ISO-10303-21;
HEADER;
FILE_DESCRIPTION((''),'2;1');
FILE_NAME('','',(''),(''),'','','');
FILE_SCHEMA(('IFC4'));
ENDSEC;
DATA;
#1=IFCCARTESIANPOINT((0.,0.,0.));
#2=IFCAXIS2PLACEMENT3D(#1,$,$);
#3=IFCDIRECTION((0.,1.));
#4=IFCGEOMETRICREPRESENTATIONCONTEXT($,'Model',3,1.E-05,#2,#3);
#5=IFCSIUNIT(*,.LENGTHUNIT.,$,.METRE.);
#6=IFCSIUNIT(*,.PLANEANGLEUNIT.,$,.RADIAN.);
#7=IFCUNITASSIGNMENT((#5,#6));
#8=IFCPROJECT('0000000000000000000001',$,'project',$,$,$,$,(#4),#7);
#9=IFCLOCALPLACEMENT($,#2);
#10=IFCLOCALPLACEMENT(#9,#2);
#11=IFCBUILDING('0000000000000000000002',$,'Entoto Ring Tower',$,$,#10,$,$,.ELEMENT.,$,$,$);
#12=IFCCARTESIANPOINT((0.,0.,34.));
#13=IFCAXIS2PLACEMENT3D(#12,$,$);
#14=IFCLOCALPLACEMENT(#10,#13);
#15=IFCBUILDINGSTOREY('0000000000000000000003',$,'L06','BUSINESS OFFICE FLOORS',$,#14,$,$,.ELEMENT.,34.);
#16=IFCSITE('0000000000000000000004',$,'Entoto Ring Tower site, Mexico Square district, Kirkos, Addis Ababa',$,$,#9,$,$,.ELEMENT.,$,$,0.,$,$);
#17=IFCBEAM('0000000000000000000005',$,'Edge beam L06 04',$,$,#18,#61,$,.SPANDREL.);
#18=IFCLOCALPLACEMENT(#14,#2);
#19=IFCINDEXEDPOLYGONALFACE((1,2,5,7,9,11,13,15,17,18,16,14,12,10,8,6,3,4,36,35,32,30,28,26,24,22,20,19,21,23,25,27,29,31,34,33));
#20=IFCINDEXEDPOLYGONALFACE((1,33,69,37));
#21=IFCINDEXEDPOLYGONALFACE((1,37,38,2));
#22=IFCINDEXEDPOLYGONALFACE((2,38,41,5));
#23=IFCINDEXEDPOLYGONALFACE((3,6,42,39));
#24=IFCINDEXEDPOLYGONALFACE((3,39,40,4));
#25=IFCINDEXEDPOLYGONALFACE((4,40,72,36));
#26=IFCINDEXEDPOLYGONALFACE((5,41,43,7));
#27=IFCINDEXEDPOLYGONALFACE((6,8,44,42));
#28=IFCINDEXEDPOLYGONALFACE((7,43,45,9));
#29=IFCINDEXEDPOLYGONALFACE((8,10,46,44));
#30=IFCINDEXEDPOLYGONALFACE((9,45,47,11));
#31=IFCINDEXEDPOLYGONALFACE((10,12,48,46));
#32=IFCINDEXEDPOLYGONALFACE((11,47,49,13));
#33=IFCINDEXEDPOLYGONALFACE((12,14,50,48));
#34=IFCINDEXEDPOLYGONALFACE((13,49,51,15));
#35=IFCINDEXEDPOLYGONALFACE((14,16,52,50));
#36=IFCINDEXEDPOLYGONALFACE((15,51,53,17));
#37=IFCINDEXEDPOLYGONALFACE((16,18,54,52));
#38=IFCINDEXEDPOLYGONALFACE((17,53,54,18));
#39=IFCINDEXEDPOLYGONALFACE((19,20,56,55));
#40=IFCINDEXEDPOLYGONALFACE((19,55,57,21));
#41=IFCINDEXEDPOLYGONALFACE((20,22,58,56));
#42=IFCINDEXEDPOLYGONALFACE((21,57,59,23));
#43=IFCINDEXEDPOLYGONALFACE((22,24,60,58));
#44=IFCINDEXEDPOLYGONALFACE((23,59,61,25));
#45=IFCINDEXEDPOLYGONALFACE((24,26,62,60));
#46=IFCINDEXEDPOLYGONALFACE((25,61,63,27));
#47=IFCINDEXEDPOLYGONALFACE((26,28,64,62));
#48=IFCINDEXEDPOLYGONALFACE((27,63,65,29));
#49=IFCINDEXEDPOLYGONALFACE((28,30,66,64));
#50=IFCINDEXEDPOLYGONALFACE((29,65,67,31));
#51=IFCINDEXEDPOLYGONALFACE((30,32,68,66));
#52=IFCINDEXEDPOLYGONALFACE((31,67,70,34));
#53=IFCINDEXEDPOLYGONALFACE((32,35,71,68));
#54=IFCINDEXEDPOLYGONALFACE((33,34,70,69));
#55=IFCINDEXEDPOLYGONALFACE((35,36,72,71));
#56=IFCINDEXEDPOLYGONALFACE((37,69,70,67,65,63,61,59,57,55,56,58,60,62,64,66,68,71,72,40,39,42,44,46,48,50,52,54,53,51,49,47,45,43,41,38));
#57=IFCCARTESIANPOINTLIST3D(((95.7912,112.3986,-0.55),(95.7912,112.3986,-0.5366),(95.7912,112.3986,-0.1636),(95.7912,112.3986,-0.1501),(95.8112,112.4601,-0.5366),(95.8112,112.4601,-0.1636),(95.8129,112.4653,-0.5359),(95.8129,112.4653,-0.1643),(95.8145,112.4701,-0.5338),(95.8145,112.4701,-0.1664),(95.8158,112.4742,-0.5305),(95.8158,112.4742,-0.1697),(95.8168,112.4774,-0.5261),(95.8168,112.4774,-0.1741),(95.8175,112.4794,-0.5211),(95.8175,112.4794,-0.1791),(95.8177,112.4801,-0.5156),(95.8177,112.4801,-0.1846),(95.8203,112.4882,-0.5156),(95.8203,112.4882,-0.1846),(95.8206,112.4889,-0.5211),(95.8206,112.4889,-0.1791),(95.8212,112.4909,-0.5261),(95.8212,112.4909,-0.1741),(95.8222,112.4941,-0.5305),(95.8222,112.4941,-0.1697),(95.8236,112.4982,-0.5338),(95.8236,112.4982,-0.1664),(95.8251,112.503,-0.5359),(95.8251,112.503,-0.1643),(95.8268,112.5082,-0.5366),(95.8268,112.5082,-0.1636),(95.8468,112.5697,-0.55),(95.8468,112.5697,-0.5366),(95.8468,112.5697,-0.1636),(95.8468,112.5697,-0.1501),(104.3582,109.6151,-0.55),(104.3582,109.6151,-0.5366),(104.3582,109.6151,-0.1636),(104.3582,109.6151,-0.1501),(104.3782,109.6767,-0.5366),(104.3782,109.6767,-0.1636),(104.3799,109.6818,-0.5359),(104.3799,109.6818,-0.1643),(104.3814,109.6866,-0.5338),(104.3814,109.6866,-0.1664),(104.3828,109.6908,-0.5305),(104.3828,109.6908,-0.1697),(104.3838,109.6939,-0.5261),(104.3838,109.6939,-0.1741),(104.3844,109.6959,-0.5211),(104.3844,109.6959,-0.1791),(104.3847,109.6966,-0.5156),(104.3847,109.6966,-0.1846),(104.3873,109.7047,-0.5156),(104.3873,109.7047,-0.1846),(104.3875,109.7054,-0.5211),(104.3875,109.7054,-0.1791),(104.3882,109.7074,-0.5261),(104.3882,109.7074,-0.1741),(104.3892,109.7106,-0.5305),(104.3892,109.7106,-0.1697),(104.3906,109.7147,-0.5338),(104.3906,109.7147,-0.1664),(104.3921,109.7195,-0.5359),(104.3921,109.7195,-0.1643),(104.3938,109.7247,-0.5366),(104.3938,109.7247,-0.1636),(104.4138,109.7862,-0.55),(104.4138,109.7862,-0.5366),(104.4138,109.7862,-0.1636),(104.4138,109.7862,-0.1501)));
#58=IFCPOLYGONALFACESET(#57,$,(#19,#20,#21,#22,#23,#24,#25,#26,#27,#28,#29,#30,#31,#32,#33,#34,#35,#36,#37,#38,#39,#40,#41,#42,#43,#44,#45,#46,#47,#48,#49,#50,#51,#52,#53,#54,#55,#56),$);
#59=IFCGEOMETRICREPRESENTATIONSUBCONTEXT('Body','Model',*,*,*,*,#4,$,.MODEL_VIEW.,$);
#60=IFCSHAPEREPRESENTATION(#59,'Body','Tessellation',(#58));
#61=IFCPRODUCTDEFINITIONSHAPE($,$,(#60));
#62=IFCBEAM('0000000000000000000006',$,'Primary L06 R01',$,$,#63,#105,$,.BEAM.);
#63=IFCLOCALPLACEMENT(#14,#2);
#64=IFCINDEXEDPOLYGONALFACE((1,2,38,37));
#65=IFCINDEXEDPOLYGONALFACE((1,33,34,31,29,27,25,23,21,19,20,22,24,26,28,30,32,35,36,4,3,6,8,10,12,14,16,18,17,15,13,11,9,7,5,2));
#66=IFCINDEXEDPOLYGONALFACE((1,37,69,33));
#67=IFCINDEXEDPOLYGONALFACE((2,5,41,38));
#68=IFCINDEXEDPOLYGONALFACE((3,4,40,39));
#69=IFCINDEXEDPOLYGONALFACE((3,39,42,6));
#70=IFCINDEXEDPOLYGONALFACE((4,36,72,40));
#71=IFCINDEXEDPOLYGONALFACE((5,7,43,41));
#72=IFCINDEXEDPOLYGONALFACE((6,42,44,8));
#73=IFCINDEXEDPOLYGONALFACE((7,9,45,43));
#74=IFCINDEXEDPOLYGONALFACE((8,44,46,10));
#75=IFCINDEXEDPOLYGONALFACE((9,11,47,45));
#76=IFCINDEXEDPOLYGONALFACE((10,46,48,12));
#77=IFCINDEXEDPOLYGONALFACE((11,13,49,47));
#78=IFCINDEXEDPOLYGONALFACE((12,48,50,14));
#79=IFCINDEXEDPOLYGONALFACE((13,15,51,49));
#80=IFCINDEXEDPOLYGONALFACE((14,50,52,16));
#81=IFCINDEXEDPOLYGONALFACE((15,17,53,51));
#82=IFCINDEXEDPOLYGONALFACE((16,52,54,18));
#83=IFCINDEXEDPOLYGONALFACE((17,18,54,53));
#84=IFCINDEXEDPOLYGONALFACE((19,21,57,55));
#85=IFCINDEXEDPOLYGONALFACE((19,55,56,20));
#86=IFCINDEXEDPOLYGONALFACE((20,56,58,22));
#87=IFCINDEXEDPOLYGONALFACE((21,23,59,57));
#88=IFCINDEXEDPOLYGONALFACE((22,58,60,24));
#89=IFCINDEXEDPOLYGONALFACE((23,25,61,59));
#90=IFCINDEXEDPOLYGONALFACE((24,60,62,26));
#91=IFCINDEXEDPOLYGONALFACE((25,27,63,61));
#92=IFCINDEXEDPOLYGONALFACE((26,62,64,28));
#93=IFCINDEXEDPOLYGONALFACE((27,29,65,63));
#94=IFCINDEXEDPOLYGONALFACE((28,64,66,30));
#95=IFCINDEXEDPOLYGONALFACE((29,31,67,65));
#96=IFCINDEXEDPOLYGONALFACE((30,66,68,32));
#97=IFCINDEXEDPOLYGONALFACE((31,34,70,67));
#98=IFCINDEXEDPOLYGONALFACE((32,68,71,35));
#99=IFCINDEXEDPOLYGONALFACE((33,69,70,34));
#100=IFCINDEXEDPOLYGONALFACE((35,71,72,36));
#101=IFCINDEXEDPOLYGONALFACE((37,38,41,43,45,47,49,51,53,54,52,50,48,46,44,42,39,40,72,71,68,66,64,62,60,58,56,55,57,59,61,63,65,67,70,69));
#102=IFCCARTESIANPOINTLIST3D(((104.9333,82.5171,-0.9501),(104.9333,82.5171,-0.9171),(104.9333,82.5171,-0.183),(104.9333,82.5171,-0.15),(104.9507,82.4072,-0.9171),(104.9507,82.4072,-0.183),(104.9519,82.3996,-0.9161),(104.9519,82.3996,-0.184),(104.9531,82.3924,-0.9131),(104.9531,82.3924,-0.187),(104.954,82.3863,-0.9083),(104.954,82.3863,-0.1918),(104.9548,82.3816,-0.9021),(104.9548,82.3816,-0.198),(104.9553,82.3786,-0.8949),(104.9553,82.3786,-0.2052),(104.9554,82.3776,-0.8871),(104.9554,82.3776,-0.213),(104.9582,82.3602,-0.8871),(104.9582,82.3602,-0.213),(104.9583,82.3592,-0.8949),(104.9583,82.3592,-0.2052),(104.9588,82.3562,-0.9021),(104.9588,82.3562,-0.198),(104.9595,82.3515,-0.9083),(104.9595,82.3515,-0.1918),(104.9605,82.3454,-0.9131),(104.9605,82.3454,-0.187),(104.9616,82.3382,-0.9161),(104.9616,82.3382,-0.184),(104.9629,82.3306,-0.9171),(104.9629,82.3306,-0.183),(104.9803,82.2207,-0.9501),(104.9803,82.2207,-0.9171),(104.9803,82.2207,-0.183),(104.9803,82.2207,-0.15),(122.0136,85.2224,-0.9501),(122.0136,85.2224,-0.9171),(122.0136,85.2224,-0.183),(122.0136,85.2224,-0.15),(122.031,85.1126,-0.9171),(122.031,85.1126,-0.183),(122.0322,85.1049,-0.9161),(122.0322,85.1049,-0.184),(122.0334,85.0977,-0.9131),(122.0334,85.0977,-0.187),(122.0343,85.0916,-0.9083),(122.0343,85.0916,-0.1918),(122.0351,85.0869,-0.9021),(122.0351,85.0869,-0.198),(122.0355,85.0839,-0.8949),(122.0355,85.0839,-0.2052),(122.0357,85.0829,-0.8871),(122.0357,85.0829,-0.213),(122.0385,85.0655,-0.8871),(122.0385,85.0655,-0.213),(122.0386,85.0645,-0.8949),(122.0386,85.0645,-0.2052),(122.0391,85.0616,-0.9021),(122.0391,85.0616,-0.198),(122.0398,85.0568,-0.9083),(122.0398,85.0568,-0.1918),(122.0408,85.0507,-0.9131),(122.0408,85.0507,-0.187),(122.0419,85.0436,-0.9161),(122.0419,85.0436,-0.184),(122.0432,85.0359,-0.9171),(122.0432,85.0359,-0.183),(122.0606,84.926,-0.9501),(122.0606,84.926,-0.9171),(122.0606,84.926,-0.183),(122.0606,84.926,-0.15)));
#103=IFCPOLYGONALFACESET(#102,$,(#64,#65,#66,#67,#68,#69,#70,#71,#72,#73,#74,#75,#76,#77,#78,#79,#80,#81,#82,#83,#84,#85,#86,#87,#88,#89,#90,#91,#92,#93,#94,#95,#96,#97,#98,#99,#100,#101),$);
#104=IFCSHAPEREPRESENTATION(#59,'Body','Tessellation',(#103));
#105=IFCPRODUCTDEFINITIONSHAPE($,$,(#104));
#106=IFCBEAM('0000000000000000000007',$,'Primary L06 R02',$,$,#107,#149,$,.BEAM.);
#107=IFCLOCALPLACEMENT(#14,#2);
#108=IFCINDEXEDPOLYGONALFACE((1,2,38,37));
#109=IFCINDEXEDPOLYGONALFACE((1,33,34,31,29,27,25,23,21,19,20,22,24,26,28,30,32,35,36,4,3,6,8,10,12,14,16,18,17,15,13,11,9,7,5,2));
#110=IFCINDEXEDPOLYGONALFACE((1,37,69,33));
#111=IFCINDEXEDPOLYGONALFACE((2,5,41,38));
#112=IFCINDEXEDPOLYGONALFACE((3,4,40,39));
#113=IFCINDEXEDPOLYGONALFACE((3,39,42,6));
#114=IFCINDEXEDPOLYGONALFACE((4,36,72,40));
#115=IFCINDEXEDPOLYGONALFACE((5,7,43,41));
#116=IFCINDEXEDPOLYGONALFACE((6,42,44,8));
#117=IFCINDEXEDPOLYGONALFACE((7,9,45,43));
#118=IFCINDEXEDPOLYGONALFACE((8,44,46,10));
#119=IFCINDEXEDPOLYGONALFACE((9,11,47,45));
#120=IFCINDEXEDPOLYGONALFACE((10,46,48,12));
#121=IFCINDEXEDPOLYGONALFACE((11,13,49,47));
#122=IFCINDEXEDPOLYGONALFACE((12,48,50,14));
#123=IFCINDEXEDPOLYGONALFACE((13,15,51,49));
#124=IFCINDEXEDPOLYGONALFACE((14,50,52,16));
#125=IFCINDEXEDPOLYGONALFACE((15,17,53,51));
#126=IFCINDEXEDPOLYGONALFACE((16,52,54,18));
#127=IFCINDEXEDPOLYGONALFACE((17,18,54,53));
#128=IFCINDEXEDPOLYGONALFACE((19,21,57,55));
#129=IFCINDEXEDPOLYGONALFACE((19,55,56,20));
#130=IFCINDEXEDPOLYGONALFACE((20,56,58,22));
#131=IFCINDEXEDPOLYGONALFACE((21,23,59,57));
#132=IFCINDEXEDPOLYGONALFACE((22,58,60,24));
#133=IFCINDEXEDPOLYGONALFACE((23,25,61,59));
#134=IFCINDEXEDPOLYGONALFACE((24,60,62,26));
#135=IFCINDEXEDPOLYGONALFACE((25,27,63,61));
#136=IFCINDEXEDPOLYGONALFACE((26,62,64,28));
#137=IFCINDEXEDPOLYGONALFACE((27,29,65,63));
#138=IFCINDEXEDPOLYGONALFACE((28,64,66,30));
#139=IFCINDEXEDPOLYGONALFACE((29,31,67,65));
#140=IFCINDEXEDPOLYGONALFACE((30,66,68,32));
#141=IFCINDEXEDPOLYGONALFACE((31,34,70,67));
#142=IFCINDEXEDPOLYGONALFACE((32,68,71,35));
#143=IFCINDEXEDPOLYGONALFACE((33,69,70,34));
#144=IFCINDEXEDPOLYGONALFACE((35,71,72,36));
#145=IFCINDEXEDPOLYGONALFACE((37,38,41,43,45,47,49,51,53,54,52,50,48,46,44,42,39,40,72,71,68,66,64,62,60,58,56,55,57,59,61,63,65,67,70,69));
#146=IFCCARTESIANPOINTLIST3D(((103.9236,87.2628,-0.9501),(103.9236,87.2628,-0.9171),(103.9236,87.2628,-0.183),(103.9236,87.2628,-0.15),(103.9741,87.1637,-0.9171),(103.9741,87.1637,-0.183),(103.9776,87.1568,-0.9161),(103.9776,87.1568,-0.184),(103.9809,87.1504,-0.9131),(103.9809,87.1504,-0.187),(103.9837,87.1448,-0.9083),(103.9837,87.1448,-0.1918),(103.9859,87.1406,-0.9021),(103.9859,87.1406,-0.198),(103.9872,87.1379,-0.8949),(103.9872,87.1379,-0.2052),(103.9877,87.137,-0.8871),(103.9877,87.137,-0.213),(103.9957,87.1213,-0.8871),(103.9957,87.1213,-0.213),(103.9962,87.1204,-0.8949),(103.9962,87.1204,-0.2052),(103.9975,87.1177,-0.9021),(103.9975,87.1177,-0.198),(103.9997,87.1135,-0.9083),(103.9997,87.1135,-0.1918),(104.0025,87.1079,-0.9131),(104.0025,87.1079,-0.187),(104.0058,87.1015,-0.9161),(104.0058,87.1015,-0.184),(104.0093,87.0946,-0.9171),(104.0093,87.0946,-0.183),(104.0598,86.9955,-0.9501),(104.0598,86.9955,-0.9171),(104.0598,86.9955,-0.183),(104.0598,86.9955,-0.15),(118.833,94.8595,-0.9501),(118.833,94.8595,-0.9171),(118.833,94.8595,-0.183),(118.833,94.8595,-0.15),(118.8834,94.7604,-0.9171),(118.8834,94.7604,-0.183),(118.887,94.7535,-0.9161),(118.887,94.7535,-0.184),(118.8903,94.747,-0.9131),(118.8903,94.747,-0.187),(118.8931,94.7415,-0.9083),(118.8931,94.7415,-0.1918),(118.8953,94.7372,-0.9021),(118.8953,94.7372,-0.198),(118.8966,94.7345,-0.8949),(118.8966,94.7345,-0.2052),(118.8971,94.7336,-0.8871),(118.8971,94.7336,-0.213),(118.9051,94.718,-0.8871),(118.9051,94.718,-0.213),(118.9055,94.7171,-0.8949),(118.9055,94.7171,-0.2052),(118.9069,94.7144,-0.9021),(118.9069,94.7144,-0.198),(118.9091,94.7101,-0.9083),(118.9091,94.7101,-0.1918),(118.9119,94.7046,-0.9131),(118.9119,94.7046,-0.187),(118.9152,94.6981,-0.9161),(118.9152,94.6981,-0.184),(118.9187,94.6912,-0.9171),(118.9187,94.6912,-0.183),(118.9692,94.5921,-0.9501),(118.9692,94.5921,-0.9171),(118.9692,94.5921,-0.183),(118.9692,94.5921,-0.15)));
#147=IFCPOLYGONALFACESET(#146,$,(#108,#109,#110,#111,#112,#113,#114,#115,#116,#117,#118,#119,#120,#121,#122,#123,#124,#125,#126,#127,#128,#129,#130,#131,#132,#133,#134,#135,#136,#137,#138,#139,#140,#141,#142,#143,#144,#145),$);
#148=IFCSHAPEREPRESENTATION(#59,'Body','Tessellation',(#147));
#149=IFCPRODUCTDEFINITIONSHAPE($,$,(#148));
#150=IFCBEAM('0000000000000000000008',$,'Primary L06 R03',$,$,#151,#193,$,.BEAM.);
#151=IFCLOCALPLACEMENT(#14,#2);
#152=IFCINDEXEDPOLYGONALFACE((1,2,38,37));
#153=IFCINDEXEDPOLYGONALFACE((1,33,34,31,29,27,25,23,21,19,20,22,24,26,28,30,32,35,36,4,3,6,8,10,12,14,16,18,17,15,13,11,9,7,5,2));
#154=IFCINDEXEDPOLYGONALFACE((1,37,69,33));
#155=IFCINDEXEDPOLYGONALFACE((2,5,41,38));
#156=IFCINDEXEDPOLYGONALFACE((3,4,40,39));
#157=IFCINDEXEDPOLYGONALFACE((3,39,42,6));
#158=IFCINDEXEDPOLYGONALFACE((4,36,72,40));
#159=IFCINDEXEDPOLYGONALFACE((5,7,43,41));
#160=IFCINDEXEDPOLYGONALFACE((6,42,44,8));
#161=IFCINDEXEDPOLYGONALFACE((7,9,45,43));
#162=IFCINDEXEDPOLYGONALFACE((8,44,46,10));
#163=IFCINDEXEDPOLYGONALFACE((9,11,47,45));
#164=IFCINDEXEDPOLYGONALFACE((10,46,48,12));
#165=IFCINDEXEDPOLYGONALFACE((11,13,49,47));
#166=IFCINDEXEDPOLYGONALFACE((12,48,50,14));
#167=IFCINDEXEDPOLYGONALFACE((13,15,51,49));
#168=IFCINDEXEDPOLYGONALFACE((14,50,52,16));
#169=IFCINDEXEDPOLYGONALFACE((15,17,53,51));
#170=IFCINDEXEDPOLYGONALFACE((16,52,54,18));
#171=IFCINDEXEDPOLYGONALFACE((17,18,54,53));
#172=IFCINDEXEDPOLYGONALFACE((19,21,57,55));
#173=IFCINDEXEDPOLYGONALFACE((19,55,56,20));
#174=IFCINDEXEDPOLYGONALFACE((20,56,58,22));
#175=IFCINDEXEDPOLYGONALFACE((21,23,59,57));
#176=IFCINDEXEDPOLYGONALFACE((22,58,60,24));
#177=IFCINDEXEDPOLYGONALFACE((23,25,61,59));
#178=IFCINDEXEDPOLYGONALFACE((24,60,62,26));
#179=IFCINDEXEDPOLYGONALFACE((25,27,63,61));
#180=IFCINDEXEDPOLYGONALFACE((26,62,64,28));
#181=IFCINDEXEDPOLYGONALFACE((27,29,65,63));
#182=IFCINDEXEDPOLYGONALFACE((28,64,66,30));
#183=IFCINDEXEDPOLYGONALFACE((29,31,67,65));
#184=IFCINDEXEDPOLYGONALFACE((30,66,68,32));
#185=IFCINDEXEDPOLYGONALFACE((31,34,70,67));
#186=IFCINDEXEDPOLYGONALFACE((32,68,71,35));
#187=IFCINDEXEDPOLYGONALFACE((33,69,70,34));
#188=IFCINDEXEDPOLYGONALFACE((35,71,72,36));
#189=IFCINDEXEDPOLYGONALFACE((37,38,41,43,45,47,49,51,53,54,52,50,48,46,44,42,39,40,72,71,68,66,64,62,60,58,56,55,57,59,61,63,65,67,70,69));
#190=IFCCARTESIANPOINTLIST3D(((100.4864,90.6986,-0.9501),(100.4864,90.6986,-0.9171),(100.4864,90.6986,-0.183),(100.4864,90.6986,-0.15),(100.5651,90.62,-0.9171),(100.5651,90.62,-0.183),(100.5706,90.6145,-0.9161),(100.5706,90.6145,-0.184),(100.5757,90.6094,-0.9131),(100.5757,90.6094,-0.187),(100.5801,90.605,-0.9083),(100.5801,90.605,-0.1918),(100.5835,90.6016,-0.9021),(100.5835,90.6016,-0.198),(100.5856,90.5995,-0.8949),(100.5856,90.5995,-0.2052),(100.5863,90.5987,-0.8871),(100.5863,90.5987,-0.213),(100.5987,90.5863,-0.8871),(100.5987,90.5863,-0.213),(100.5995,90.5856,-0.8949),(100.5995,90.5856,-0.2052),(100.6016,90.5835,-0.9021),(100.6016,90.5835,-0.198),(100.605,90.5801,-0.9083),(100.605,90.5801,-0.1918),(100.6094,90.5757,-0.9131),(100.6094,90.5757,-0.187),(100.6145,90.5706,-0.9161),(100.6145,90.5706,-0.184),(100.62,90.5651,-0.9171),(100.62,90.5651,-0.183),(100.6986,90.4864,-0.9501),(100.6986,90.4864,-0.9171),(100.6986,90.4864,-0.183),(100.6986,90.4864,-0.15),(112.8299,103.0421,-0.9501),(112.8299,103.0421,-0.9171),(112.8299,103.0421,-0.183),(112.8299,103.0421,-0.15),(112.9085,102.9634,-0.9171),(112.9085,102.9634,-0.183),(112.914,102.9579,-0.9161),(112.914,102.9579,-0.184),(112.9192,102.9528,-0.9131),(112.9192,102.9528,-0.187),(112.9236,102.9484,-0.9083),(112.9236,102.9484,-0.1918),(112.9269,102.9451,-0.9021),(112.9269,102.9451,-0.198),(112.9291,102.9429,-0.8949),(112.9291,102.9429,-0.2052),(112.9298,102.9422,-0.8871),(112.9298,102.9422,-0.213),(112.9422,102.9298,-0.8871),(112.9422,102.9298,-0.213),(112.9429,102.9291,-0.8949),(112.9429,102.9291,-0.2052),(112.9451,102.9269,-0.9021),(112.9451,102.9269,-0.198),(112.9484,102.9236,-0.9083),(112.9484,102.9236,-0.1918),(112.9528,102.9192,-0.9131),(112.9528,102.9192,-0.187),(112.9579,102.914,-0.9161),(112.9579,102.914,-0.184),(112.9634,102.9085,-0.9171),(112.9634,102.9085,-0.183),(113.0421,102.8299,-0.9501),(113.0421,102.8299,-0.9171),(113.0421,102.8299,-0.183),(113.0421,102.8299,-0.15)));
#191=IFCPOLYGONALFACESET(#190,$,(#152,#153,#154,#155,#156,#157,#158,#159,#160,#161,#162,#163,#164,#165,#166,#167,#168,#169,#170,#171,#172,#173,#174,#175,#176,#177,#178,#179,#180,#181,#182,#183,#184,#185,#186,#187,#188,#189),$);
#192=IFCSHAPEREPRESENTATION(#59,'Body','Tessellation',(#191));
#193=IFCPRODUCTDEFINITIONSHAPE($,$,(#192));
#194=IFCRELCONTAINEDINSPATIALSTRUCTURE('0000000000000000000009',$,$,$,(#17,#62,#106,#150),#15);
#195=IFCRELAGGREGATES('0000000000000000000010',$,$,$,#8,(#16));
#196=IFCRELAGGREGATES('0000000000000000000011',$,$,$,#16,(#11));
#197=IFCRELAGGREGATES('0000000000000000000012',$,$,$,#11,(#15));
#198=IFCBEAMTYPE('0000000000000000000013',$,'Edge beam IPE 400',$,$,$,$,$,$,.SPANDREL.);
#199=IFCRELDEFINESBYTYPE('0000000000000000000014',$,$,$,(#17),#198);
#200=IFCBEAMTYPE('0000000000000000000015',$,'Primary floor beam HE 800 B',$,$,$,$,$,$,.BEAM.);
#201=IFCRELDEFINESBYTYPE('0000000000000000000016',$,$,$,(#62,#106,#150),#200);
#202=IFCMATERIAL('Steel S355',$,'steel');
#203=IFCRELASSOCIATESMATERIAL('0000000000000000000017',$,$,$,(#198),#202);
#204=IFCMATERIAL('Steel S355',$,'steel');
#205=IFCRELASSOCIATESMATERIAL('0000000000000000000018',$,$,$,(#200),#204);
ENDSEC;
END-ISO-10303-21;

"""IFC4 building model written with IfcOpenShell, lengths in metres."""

from ifc_helpers import new_model, si_unit, direction, frame, origin, origin_2d, place, context, subcontext, project, spatial, i_section, extrude, material, material_profile, profile_set, type_object, element, save


model = new_model("IFC4")

# Units and contexts
model_context = context("Model", 3, precision=1e-05, world=origin(), true_north=direction((0.0, 1.0)))
body_context = subcontext(model_context, "Body", "Model", "MODEL_VIEW")
ifc_project = project(units=[si_unit("LENGTHUNIT", "METRE"), si_unit("PLANEANGLEUNIT", "RADIAN")], contexts=[model_context])

# Site, building, storey
site_placement = place(None, origin())
site = spatial("IfcSite", under=ifc_project, at=site_placement, Name="Entoto Ring Tower site, Mexico Square district, Kirkos, Addis Ababa", CompositionType="ELEMENT", RefElevation=0.0)
building_placement = place(site_placement, origin())
building = spatial("IfcBuilding", under=site, at=building_placement, Name="Entoto Ring Tower", CompositionType="ELEMENT")
storey_placement = place(building_placement, frame((0.0, 0.0, 34.0)))
storey = spatial("IfcBuildingStorey", under=building, at=storey_placement, Name="L06", Description="BUSINESS OFFICE FLOORS", CompositionType="ELEMENT", Elevation=34.0)

# Beams
ifc_material_1 = material(Name="Steel S355", Category="steel")
ifc_material_profile_1 = material_profile(ifc_material_1, i_section(OverallWidth=0.1799, OverallDepth=0.3999, WebThickness=0.0085, FlangeThickness=0.0134, FilletRadius=0.021, at=origin_2d()), Name="IPE 400")
ifc_profile_set_1 = profile_set([ifc_material_profile_1], Name="Steel S355")
beam_type_1 = type_object("IfcBeamType", Name="Edge beam IPE 400", PredefinedType="SPANDREL", material=ifc_profile_set_1)
for number, where, z_axis, x_axis, name in (
    (1, (104.386, 109.7007, -0.3501), (-0.95106, 0.309006, 0.0), (-0.309006, -0.95106, 0.0), "Edge beam L06 04"),
):
    element("IfcBeam", number, at=place(storey_placement, frame(where, z_axis=z_axis, x_axis=x_axis)), inside=storey, type_object=beam_type_1, Name=name, PredefinedType="SPANDREL", context=body_context, shape_type="SweptSolid", body=[
        extrude(i_section(OverallWidth=0.1799, OverallDepth=0.3999, WebThickness=0.0085, FlangeThickness=0.0134, FilletRadius=0.021, at=origin_2d()), origin(), (0.0, 0.0, 1.0), 9.0078),
    ])
ifc_material_2 = material(Name="Steel S355", Category="steel")
ifc_material_profile_2 = material_profile(ifc_material_2, i_section(OverallWidth=0.3, OverallDepth=0.8, WebThickness=0.0176, FlangeThickness=0.033, FilletRadius=0.03, at=origin_2d()), Name="HE 800 B")
ifc_profile_set_2 = profile_set([ifc_material_profile_2], Name="Steel S355")
beam_type_2 = type_object("IfcBeamType", Name="Primary floor beam HE 800 B", PredefinedType="BEAM", material=ifc_profile_set_2)
beam_1_placement = place(storey_placement, frame((104.9568, 82.3689, -0.55), z_axis=(0.987688, 0.156438, 0.0), x_axis=(-0.156438, 0.987688, 0.0)))
element("IfcBeam", 2, at=beam_1_placement, inside=storey, type_object=beam_type_2, Name="Primary L06 R01", PredefinedType="BEAM", context=body_context, shape_type="SweptSolid", body=[
    extrude(i_section(OverallWidth=0.3, OverallDepth=0.8, WebThickness=0.0176, FlangeThickness=0.033, FilletRadius=0.03, at=origin_2d()), origin(), (0.0, 0.0, 1.0), 17.2932),
])
beam_2_placement = place(storey_placement, frame((103.9917, 87.1292, -0.55), z_axis=(0.891008, 0.453988, 0.0), x_axis=(-0.453988, 0.891008, 0.0)))
element("IfcBeam", 3, at=beam_2_placement, inside=storey, type_object=beam_type_2, Name="Primary L06 R02", PredefinedType="BEAM", context=body_context, shape_type="SweptSolid", body=[
    extrude(i_section(OverallWidth=0.3, OverallDepth=0.8, WebThickness=0.0176, FlangeThickness=0.033, FilletRadius=0.03, at=origin_2d()), origin(), (0.0, 0.0, 1.0), 16.7332),
])
beam_3_placement = place(storey_placement, frame((100.5925, 90.5925, -0.55), z_axis=(0.707107, 0.707107, 0.0), x_axis=(-0.707107, 0.707107, 0.0)))
element("IfcBeam", 4, at=beam_3_placement, inside=storey, type_object=beam_type_2, Name="Primary L06 R03", PredefinedType="BEAM", context=body_context, shape_type="SweptSolid", body=[
    extrude(i_section(OverallWidth=0.3, OverallDepth=0.8, WebThickness=0.0176, FlangeThickness=0.033, FilletRadius=0.03, at=origin_2d()), origin(), (0.0, 0.0, 1.0), 17.4563),
])

save(model, "model.ifc")
